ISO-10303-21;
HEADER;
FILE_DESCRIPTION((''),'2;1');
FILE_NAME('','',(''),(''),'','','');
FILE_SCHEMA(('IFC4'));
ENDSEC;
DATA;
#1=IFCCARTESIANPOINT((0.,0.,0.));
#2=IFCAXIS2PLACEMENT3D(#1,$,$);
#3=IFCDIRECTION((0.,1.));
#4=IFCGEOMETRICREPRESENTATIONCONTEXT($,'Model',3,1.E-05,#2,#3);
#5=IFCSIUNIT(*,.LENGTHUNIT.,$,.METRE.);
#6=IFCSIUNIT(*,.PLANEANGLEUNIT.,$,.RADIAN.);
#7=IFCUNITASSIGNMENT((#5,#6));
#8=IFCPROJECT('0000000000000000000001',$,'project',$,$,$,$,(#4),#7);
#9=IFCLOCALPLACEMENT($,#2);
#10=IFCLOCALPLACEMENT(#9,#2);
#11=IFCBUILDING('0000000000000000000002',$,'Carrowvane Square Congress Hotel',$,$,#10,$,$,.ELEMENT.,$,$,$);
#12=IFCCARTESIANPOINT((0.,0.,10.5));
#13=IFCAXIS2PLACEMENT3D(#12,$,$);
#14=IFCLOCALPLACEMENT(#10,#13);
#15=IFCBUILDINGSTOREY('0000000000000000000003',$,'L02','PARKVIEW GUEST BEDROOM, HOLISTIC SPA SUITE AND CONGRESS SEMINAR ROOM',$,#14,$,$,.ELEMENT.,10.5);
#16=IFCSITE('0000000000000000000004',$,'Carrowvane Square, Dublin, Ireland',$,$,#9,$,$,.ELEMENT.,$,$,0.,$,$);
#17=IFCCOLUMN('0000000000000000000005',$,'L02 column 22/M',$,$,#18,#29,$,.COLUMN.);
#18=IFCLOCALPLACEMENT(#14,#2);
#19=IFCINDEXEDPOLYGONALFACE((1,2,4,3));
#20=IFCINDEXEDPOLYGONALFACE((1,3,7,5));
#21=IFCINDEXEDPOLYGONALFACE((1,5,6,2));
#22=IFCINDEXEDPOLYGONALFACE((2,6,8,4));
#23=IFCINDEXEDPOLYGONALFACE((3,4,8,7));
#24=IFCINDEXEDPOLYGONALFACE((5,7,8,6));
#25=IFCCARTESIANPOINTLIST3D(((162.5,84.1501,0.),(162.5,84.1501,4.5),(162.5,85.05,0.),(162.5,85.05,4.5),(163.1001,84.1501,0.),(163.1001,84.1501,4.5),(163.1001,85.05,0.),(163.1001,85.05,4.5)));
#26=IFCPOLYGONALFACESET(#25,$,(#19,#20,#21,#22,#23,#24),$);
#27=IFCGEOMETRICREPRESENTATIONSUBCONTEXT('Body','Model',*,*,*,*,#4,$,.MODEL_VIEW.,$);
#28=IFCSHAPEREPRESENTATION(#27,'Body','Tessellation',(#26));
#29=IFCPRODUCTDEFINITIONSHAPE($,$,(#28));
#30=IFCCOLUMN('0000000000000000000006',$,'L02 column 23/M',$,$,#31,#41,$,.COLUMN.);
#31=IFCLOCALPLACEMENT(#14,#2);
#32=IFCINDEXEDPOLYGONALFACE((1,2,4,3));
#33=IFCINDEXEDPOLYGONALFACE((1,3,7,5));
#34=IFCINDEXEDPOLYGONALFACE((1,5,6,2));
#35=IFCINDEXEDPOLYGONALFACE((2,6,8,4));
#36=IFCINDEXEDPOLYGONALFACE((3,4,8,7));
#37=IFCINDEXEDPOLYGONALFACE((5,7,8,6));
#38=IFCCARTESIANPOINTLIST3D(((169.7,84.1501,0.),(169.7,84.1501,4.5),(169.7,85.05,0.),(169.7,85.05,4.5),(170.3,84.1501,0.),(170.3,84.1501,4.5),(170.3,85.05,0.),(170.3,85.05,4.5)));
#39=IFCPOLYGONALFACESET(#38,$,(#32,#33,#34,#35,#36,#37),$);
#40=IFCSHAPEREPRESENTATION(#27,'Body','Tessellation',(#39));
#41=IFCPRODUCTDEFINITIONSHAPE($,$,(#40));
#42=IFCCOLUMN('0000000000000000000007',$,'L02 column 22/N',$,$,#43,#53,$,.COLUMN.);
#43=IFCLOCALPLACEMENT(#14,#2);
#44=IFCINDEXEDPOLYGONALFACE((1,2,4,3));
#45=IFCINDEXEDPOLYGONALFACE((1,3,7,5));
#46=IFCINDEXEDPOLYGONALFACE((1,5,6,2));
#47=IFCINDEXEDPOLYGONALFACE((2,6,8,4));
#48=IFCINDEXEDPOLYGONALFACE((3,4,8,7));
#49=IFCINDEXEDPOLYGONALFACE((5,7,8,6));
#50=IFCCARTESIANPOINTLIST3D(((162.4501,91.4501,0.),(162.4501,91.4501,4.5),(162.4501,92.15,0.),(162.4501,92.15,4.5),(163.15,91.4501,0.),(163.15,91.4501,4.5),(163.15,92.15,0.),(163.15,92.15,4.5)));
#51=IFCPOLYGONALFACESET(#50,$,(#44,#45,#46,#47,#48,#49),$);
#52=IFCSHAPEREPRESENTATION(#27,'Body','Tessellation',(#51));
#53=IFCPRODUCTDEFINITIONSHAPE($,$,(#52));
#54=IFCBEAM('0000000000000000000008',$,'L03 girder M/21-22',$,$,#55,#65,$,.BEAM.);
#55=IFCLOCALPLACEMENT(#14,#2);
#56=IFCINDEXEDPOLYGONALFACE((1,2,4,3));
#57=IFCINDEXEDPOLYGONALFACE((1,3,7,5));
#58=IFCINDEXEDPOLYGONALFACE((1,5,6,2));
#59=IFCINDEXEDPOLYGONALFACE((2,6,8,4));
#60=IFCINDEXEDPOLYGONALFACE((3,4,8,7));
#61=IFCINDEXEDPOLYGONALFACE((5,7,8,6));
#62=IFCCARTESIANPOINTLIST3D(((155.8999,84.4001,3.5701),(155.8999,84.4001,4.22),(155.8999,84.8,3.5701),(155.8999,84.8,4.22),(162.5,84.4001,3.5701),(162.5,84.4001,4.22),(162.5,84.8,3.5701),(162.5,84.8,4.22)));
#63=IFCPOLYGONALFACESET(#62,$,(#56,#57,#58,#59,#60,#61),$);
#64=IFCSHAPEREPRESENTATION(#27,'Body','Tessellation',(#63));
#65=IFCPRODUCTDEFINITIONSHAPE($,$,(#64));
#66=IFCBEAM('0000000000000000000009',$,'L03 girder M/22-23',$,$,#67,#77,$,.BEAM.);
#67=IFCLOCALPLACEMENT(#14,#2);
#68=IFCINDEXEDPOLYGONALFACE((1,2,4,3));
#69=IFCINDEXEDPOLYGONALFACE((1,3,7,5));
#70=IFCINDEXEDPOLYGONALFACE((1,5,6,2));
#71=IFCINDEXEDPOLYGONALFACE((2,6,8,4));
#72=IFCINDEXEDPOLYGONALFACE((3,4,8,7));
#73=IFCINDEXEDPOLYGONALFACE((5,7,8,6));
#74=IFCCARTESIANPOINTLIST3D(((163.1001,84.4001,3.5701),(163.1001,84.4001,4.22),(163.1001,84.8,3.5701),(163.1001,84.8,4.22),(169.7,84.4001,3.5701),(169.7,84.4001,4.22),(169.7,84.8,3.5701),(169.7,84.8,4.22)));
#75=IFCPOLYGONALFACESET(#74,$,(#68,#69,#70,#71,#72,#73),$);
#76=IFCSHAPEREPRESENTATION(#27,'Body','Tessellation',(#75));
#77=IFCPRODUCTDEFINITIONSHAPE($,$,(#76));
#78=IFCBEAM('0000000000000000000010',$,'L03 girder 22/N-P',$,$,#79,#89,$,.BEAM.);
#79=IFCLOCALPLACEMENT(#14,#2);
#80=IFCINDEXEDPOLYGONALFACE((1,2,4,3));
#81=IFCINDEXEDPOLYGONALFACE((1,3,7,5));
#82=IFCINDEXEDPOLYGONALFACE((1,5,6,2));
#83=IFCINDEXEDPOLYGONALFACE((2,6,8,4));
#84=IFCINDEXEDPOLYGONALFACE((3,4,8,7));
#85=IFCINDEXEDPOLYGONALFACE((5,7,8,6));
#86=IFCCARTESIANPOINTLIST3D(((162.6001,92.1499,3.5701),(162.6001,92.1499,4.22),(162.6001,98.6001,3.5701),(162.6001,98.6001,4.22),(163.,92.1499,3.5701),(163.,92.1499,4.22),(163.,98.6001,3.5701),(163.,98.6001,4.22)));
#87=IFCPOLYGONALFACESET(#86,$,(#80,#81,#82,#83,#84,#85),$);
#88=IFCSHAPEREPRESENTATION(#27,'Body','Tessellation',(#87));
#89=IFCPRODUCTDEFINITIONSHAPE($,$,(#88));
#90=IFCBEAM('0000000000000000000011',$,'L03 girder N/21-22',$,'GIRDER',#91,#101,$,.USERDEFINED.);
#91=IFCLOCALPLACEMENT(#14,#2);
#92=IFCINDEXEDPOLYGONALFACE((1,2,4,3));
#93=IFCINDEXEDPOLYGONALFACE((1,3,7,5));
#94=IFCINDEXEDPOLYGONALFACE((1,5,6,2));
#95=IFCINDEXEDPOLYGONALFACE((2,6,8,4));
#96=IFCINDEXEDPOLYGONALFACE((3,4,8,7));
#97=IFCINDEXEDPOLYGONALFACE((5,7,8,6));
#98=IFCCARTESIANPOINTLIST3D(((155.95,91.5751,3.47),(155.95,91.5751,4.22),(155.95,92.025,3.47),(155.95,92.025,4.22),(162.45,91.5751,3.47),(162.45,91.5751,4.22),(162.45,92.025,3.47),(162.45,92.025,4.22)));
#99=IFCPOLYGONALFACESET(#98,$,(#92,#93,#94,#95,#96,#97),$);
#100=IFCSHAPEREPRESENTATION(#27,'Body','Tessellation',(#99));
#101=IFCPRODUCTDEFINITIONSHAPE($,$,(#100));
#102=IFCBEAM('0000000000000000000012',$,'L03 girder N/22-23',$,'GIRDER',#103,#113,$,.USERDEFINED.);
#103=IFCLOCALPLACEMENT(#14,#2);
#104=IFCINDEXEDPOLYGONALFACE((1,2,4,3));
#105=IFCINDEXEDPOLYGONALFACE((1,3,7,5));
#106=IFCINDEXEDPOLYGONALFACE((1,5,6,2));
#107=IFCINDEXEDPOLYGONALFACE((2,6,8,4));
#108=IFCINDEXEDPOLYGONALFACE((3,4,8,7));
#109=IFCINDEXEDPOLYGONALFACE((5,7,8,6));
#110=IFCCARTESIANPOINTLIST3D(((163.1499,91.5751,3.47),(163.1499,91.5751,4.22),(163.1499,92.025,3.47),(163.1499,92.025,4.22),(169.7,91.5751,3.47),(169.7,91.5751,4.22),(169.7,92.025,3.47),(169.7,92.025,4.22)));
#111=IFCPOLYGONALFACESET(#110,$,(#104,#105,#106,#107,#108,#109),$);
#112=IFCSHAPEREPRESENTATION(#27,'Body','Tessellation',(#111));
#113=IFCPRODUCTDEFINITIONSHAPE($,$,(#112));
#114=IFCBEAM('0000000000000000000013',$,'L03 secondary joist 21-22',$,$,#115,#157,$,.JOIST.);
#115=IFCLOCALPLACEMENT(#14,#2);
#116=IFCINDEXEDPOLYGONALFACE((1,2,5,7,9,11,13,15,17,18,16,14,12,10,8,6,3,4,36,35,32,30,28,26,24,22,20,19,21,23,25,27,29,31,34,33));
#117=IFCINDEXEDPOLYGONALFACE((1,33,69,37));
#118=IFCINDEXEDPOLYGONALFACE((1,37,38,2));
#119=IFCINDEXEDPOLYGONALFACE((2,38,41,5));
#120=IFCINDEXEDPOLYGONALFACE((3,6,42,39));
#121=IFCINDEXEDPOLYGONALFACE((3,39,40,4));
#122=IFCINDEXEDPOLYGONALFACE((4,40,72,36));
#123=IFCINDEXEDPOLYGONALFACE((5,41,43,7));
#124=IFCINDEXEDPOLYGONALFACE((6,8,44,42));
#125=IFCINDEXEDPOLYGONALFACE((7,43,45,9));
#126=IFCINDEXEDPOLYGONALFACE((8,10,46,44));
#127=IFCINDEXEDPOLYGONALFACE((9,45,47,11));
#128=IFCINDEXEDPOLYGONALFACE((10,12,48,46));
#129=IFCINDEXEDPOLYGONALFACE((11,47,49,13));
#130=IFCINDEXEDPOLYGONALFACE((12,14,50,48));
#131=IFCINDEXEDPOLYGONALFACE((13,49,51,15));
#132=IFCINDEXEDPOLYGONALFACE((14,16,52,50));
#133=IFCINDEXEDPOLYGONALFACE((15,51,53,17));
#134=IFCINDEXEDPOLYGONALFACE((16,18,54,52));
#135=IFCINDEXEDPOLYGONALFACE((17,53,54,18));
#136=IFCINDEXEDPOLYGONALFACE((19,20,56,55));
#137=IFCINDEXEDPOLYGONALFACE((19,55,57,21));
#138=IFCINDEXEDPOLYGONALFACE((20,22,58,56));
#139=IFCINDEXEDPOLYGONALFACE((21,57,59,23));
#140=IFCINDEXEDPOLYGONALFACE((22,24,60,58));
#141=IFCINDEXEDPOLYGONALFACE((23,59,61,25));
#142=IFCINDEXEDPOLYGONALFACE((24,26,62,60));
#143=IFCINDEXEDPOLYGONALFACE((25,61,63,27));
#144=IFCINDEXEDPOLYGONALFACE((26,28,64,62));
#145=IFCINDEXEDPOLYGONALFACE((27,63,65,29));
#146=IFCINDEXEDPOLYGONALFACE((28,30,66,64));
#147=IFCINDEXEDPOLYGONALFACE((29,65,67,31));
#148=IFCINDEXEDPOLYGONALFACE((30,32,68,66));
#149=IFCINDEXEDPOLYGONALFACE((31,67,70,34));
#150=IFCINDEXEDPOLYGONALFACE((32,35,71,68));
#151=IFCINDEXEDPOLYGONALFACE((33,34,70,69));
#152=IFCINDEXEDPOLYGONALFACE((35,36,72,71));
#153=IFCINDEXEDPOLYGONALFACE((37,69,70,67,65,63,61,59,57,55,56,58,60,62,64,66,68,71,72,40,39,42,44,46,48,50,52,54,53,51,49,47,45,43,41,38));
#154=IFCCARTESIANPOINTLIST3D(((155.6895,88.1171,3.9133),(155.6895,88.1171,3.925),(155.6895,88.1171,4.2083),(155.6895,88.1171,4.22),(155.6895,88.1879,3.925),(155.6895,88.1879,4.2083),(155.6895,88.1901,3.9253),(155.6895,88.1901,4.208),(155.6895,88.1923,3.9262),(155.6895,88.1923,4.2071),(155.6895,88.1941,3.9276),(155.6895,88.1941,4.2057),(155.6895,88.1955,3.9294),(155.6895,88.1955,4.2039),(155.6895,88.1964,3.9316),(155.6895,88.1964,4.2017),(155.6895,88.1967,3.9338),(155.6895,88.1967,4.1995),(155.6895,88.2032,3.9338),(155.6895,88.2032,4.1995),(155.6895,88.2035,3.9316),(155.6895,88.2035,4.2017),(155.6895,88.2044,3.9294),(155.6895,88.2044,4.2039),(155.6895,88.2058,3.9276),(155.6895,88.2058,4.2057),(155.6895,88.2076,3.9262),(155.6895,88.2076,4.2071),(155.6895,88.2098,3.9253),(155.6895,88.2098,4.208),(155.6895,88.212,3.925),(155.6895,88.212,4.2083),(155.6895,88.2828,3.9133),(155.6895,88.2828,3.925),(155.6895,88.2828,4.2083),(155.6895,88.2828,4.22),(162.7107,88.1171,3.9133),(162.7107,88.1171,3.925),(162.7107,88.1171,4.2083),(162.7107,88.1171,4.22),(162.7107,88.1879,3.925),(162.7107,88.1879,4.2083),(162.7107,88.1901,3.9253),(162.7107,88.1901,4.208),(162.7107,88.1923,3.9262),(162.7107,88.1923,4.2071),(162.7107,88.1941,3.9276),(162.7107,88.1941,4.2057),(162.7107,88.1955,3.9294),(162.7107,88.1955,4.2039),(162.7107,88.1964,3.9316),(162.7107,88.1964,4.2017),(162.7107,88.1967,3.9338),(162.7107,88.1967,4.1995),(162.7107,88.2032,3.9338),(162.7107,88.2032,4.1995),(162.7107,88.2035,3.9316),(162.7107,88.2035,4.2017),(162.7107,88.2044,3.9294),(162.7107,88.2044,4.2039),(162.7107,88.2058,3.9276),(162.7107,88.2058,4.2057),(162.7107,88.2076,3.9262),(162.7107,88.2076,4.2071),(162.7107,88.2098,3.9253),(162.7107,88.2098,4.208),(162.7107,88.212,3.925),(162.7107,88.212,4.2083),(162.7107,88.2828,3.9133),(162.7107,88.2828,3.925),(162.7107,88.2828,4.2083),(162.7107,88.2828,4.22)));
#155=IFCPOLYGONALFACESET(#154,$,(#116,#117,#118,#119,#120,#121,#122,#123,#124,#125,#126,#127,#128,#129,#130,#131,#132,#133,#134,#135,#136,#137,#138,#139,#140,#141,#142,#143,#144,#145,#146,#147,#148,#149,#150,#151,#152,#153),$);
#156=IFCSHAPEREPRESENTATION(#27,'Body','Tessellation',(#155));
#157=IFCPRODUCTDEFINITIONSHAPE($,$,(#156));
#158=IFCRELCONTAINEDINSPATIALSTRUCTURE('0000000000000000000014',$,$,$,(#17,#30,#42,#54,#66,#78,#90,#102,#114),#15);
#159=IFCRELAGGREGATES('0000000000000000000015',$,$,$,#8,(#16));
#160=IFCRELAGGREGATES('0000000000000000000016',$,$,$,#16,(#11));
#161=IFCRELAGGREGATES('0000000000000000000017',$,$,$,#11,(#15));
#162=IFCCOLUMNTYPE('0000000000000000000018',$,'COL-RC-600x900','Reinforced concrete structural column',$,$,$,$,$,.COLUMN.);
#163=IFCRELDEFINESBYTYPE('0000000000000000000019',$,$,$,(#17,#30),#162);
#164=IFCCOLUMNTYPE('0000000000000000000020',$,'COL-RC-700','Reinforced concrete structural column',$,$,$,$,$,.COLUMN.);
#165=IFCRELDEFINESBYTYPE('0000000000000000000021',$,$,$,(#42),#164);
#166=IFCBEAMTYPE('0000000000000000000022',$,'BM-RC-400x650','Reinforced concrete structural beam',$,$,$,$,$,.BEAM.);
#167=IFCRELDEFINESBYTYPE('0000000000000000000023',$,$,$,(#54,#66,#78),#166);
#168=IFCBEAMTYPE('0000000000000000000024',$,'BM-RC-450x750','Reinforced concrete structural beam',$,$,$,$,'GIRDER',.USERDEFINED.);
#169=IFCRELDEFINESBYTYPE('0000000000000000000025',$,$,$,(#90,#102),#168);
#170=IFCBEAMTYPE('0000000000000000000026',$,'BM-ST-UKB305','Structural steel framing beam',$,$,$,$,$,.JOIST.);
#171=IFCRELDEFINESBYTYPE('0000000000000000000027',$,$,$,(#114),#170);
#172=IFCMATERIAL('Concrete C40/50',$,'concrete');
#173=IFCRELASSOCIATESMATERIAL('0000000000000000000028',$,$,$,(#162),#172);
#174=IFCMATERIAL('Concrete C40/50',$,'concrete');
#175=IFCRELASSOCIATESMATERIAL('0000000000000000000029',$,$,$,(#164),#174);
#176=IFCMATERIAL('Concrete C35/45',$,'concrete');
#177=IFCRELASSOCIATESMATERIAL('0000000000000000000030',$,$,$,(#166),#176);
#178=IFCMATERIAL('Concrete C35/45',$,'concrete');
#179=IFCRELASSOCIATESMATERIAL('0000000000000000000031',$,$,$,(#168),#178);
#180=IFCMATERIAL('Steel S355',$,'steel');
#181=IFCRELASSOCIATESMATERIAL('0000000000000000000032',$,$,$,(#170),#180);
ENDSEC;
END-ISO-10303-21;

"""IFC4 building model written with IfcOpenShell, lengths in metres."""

from ifc_helpers import new_model, si_unit, direction, frame, origin, origin_2d, place, context, subcontext, project, spatial, rectangle, i_section, extrude, material, material_profile, profile_set, type_object, element, save


model = new_model("IFC4")

# Units and contexts
model_context = context("Model", 3, precision=1e-05, world=origin(), true_north=direction((0.0, 1.0)))
body_context = subcontext(model_context, "Body", "Model", "MODEL_VIEW")
ifc_project = project(units=[si_unit("LENGTHUNIT", "METRE"), si_unit("PLANEANGLEUNIT", "RADIAN")], contexts=[model_context])

# Site, building, storey
site_placement = place(None, origin())
site = spatial("IfcSite", under=ifc_project, at=site_placement, Name="Carrowvane Square, Dublin, Ireland", CompositionType="ELEMENT", RefElevation=0.0)
building_placement = place(site_placement, origin())
building = spatial("IfcBuilding", under=site, at=building_placement, Name="Carrowvane Square Congress Hotel", CompositionType="ELEMENT")
storey_placement = place(building_placement, frame((0.0, 0.0, 10.5)))
storey = spatial("IfcBuildingStorey", under=building, at=storey_placement, Name="L02", Description="PARKVIEW GUEST BEDROOM, HOLISTIC SPA SUITE AND CONGRESS SEMINAR ROOM", CompositionType="ELEMENT", Elevation=10.5)

# Columns
ifc_material_1 = material(Name="Concrete C40/50", Category="concrete")
ifc_material_profile_1 = material_profile(ifc_material_1, rectangle(XDim=0.6001, YDim=0.8999, at=origin_2d()), Name="RC 600x900")
ifc_profile_set_1 = profile_set([ifc_material_profile_1], Name="Concrete C40/50")
column_type_1 = type_object("IfcColumnType", Name="COL-RC-600x900", Description="Reinforced concrete structural column", PredefinedType="COLUMN", material=ifc_profile_set_1)
for number, where, z_axis, x_axis, name in (
    (1, (162.8, 84.6001, 0.0), (0.0, 0.0, 1.0), (1.0, 0.0, 0.0), "L02 column 22/M"),
    (2, (170.0, 84.6001, 0.0), (0.0, 0.0, 1.0), (1.0, 0.0, 0.0), "L02 column 23/M"),
):
    element("IfcColumn", number, at=place(storey_placement, frame(where, z_axis=z_axis, x_axis=x_axis)), inside=storey, type_object=column_type_1, Name=name, PredefinedType="COLUMN", context=body_context, shape_type="SweptSolid", body=[
        extrude(rectangle(XDim=0.6001, YDim=0.8999, at=origin_2d()), origin(), (0.0, 0.0, 1.0), 4.5),
    ])
ifc_material_2 = material(Name="Concrete C40/50", Category="concrete")
ifc_material_profile_2 = material_profile(ifc_material_2, rectangle(XDim=0.7, YDim=0.7, at=origin_2d()), Name="RC 700x700")
ifc_profile_set_2 = profile_set([ifc_material_profile_2], Name="Concrete C40/50")
column_type_2 = type_object("IfcColumnType", Name="COL-RC-700", Description="Reinforced concrete structural column", PredefinedType="COLUMN", material=ifc_profile_set_2)
column_placement = place(storey_placement, frame((162.8, 91.8, 0.0), z_axis=(0.0, 0.0, 1.0), x_axis=(1.0, 0.0, 0.0)))
element("IfcColumn", 3, at=column_placement, inside=storey, type_object=column_type_2, Name="L02 column 22/N", PredefinedType="COLUMN", context=body_context, shape_type="SweptSolid", body=[
    extrude(rectangle(XDim=0.7, YDim=0.7, at=origin_2d()), origin(), (0.0, 0.0, 1.0), 4.5),
])

# Beams
ifc_material_3 = material(Name="Concrete C35/45", Category="concrete")
ifc_material_profile_3 = material_profile(ifc_material_3, rectangle(XDim=0.3999, YDim=0.6499, at=origin_2d()), Name="RC 400x650")
ifc_profile_set_3 = profile_set([ifc_material_profile_3], Name="Concrete C35/45")
beam_type_1 = type_object("IfcBeamType", Name="BM-RC-400x650", Description="Reinforced concrete structural beam", PredefinedType="BEAM", material=ifc_profile_set_3)
beam_1_placement = place(storey_placement, frame((155.8999, 84.6001, 3.895), z_axis=(1.0, 0.0, 0.0), x_axis=(0.0, 1.0, 0.0)))
element("IfcBeam", 4, at=beam_1_placement, inside=storey, type_object=beam_type_1, Name="L03 girder M/21-22", PredefinedType="BEAM", context=body_context, shape_type="SweptSolid", body=[
    extrude(rectangle(XDim=0.3999, YDim=0.6499, at=origin_2d()), origin(), (0.0, 0.0, 1.0), 6.6001),
])
beam_2_placement = place(storey_placement, frame((163.1001, 84.6001, 3.895), z_axis=(1.0, 0.0, 0.0), x_axis=(0.0, 1.0, 0.0)))
element("IfcBeam", 5, at=beam_2_placement, inside=storey, type_object=beam_type_1, Name="L03 girder M/22-23", PredefinedType="BEAM", context=body_context, shape_type="SweptSolid", body=[
    extrude(rectangle(XDim=0.3999, YDim=0.6499, at=origin_2d()), origin(), (0.0, 0.0, 1.0), 6.5999),
])
beam_3_placement = place(storey_placement, frame((162.8, 92.1499, 3.895), z_axis=(0.0, 1.0, 0.0), x_axis=(-1.0, 0.0, 0.0)))
element("IfcBeam", 6, at=beam_3_placement, inside=storey, type_object=beam_type_1, Name="L03 girder 22/N-P", PredefinedType="BEAM", context=body_context, shape_type="SweptSolid", body=[
    extrude(rectangle(XDim=0.3999, YDim=0.6499, at=origin_2d()), origin(), (0.0, 0.0, 1.0), 6.4502),
])
ifc_material_4 = material(Name="Concrete C35/45", Category="concrete")
ifc_material_profile_4 = material_profile(ifc_material_4, rectangle(XDim=0.45, YDim=0.75, at=origin_2d()), Name="RC 450x750")
ifc_profile_set_4 = profile_set([ifc_material_profile_4], Name="Concrete C35/45")
beam_type_2 = type_object("IfcBeamType", Name="BM-RC-450x750", Description="Reinforced concrete structural beam", ElementType="GIRDER", PredefinedType="USERDEFINED", material=ifc_profile_set_4)
beam_4_placement = place(storey_placement, frame((155.95, 91.8, 3.845), z_axis=(1.0, 0.0, 0.0), x_axis=(0.0, 1.0, 0.0)))
element("IfcBeam", 7, at=beam_4_placement, inside=storey, type_object=beam_type_2, Name="L03 girder N/21-22", ObjectType="GIRDER", PredefinedType="USERDEFINED", context=body_context, shape_type="SweptSolid", body=[
    extrude(rectangle(XDim=0.45, YDim=0.75, at=origin_2d()), origin(), (0.0, 0.0, 1.0), 6.5),
])
beam_5_placement = place(storey_placement, frame((163.1499, 91.8, 3.845), z_axis=(1.0, 0.0, 0.0), x_axis=(0.0, 1.0, 0.0)))
element("IfcBeam", 8, at=beam_5_placement, inside=storey, type_object=beam_type_2, Name="L03 girder N/22-23", ObjectType="GIRDER", PredefinedType="USERDEFINED", context=body_context, shape_type="SweptSolid", body=[
    extrude(rectangle(XDim=0.45, YDim=0.75, at=origin_2d()), origin(), (0.0, 0.0, 1.0), 6.55),
])
ifc_material_5 = material(Name="Steel S355", Category="steel")
ifc_material_profile_5 = material_profile(ifc_material_5, i_section(OverallWidth=0.1658, OverallDepth=0.3066, WebThickness=0.0066, FlangeThickness=0.0117, FilletRadius=0.0088, at=origin_2d()), Name="UKB 305x165x46")
ifc_profile_set_5 = profile_set([ifc_material_profile_5], Name="Steel S355")
beam_type_3 = type_object("IfcBeamType", Name="BM-ST-UKB305", Description="Structural steel framing beam", PredefinedType="JOIST", material=ifc_profile_set_5)
for number, where, z_axis, x_axis, name in (
    (9, (155.6895, 88.2, 4.0667), (1.0, 0.0, 0.0), (0.0, 1.0, 0.0), "L03 secondary joist 21-22"),
):
    element("IfcBeam", number, at=place(storey_placement, frame(where, z_axis=z_axis, x_axis=x_axis)), inside=storey, type_object=beam_type_3, Name=name, PredefinedType="JOIST", context=body_context, shape_type="SweptSolid", body=[
        extrude(i_section(OverallWidth=0.1658, OverallDepth=0.3066, WebThickness=0.0066, FlangeThickness=0.0117, FilletRadius=0.0088, at=origin_2d()), origin(), (0.0, 0.0, 1.0), 7.0212),
    ])

save(model, "model.ifc")
